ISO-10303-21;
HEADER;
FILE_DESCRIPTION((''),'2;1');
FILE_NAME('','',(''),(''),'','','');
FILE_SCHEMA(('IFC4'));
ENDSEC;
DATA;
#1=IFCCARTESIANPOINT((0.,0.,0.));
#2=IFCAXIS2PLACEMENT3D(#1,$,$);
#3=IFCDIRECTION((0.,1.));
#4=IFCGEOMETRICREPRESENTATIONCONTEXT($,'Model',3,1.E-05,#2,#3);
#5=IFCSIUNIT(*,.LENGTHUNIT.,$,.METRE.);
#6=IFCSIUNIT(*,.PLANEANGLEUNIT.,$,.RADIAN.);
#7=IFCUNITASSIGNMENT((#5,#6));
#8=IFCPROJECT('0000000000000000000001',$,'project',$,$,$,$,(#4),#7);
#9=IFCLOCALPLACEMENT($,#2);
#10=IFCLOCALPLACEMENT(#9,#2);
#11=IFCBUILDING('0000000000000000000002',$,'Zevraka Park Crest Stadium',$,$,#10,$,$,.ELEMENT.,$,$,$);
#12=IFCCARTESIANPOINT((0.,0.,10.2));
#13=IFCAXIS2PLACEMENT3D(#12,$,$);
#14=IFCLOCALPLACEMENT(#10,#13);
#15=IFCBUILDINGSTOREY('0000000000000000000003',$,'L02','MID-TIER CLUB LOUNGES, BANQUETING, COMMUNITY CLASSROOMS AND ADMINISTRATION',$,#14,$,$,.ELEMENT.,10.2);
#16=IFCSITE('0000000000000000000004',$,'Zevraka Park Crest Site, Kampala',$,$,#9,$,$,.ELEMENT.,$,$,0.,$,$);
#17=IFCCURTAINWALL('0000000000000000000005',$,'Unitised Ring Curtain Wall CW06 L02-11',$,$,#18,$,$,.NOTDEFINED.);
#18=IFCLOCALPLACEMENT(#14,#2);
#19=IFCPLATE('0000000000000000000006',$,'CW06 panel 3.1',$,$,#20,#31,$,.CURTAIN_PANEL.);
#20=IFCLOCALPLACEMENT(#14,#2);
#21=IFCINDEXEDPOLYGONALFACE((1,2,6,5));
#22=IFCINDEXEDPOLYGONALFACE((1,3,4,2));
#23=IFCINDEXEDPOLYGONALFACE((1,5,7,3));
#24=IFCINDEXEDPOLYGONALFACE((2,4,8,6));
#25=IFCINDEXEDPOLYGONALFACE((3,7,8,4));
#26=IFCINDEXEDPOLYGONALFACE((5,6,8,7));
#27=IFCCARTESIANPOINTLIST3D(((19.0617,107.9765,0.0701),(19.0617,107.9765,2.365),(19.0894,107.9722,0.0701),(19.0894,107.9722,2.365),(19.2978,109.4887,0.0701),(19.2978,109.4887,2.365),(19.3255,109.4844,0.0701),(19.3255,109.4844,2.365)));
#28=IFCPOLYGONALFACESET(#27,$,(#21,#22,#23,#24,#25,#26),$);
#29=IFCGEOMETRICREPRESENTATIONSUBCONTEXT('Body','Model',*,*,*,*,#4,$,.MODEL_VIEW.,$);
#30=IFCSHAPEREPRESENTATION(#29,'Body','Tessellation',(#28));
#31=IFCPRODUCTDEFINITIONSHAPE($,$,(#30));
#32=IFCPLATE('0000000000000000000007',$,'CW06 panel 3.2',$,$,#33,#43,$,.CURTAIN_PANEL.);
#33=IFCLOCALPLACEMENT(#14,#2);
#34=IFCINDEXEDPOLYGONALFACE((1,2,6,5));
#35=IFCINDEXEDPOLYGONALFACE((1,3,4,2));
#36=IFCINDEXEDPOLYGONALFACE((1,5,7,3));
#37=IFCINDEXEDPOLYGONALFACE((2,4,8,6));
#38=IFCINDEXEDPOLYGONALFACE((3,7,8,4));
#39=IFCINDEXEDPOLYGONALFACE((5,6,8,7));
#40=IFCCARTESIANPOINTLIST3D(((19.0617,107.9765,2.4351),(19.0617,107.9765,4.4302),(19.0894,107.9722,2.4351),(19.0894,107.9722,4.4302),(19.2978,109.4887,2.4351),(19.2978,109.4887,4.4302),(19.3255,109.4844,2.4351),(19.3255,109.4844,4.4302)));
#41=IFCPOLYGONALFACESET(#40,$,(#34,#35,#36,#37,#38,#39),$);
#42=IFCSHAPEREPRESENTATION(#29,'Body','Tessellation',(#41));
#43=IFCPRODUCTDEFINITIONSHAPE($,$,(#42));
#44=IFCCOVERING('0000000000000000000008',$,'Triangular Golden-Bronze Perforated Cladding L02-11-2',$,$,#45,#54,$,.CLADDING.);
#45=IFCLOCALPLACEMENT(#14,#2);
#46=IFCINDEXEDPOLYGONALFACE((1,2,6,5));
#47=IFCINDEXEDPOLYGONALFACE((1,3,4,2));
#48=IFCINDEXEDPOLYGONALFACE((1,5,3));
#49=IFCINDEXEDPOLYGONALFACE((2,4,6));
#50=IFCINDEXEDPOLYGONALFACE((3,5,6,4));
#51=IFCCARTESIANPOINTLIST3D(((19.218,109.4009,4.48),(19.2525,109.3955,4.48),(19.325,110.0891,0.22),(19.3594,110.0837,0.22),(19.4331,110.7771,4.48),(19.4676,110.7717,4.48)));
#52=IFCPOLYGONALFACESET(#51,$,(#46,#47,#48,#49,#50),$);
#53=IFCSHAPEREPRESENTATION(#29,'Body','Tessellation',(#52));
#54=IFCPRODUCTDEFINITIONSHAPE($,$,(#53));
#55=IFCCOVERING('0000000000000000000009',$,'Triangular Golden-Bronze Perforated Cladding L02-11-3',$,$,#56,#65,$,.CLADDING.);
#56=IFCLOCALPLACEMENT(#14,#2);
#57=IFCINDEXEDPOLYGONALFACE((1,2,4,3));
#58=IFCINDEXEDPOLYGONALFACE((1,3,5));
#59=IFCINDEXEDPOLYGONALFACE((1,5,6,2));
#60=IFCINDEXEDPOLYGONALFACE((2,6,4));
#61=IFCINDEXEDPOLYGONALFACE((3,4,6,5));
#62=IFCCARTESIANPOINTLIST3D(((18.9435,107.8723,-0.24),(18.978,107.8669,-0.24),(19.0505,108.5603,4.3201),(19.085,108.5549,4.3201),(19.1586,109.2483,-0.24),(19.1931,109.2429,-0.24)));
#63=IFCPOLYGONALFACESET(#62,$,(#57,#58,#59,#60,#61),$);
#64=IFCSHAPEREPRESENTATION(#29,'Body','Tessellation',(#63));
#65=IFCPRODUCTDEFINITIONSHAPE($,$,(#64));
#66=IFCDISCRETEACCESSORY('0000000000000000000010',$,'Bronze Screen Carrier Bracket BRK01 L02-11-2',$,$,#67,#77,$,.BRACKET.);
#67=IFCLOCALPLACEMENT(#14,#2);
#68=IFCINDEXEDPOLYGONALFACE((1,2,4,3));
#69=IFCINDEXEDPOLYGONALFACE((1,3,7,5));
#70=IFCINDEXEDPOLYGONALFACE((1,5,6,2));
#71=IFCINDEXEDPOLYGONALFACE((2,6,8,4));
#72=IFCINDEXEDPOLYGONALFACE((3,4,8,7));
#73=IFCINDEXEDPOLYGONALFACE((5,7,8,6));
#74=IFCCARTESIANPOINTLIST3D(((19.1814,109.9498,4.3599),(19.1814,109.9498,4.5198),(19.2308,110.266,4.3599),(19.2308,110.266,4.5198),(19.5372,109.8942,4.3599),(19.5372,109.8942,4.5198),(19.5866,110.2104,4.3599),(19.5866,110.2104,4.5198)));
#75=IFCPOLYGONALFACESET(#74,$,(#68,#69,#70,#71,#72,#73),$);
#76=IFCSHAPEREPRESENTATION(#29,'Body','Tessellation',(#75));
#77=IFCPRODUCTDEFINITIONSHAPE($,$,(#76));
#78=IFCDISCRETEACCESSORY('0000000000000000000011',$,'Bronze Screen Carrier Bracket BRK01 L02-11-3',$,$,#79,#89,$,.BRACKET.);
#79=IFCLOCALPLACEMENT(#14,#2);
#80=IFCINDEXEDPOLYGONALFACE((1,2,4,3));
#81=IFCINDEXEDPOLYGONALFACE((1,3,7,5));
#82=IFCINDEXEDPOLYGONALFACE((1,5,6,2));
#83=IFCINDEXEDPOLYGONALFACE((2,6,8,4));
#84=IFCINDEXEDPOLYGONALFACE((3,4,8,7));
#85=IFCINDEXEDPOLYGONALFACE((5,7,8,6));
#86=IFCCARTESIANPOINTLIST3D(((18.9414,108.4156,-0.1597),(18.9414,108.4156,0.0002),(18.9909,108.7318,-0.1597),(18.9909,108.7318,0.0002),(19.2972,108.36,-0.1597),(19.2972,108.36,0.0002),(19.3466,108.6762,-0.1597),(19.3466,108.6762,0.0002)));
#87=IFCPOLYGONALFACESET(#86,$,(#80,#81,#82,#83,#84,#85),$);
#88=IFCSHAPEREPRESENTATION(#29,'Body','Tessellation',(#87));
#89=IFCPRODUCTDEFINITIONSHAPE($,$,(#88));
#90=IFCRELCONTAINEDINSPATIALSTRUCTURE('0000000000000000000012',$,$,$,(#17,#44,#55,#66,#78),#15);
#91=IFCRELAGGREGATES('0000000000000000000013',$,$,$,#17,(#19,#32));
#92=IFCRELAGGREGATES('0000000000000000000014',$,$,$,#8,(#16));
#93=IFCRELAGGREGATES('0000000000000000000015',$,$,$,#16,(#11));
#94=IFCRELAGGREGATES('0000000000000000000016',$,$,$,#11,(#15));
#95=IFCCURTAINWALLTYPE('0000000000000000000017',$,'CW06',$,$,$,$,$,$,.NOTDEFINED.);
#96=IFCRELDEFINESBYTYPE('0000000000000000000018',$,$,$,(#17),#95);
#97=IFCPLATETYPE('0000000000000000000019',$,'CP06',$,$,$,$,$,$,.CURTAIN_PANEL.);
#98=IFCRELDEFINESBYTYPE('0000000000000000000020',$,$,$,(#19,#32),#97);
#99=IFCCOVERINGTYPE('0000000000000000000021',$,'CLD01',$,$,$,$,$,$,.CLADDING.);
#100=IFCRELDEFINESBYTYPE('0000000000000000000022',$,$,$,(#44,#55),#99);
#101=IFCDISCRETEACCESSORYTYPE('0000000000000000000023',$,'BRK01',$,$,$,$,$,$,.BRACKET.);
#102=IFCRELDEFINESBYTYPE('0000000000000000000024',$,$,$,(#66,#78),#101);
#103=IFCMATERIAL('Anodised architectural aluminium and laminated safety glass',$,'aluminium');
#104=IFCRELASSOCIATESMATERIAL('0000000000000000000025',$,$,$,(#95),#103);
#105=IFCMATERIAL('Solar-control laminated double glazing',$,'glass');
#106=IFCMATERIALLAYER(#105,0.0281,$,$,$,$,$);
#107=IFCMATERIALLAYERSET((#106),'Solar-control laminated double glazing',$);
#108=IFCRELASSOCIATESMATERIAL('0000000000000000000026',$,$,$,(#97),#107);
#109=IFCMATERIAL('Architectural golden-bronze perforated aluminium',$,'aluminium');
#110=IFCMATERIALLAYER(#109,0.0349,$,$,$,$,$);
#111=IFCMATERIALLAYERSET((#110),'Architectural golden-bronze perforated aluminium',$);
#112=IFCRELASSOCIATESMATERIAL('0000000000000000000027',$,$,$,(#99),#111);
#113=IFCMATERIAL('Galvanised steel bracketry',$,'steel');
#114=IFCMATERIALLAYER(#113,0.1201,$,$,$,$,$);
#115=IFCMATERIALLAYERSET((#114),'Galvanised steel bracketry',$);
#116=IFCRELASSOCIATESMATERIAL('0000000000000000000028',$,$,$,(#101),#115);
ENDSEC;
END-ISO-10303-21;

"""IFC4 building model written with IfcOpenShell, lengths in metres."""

from ifc_helpers import new_model, si_unit, direction, frame, origin, origin_2d, place, context, subcontext, project, spatial, polyline, rectangle, outline, extrude, material, layer, layer_set, type_object, element, aggregate, save


model = new_model("IFC4")

# Units and contexts
model_context = context("Model", 3, precision=1e-05, world=origin(), true_north=direction((0.0, 1.0)))
body_context = subcontext(model_context, "Body", "Model", "MODEL_VIEW")
ifc_project = project(units=[si_unit("LENGTHUNIT", "METRE"), si_unit("PLANEANGLEUNIT", "RADIAN")], contexts=[model_context])

# Site, building, storey
site_placement = place(None, origin())
site = spatial("IfcSite", under=ifc_project, at=site_placement, Name="Zevraka Park Crest Site, Kampala", CompositionType="ELEMENT", RefElevation=0.0)
building_placement = place(site_placement, origin())
building = spatial("IfcBuilding", under=site, at=building_placement, Name="Zevraka Park Crest Stadium", CompositionType="ELEMENT")
storey_placement = place(building_placement, frame((0.0, 0.0, 10.2)))
storey = spatial("IfcBuildingStorey", under=building, at=storey_placement, Name="L02", Description="MID-TIER CLUB LOUNGES, BANQUETING, COMMUNITY CLASSROOMS AND ADMINISTRATION", CompositionType="ELEMENT", Elevation=10.2)

# Curtain wall, plates
ifc_material_1 = material(Name="Anodised architectural aluminium and laminated safety glass", Category="aluminium")
curtain_wall_type = type_object("IfcCurtainWallType", Name="CW06", PredefinedType="NOTDEFINED", material=ifc_material_1)
curtain_wall_placement = place(storey_placement, origin())
curtain_wall = element("IfcCurtainWall", 1, at=curtain_wall_placement, inside=storey, type_object=curtain_wall_type, Name="Unitised Ring Curtain Wall CW06 L02-11", PredefinedType="NOTDEFINED")
ifc_material_2 = material(Name="Solar-control laminated double glazing", Category="glass")
ifc_layer_1 = layer(ifc_material_2, 0.0281)
ifc_layer_set_1 = layer_set([ifc_layer_1], Name="Solar-control laminated double glazing")
plate_type = type_object("IfcPlateType", Name="CP06", PredefinedType="CURTAIN_PANEL", material=ifc_layer_set_1)
plate_1_placement = place(storey_placement, frame((19.1936, 108.7305, 0.0701), z_axis=(0.0, 0.0, 1.0), x_axis=(-0.154274, -0.988028, 0.0)))
plate_1 = element("IfcPlate", 2, at=plate_1_placement, type_object=plate_type, Name="CW06 panel 3.1", PredefinedType="CURTAIN_PANEL", context=body_context, shape_type="SweptSolid", body=[
    extrude(rectangle(XDim=1.5305, YDim=0.0281, at=origin_2d()), origin(), (0.0, 0.0, 1.0), 2.2949),
])
plate_2_placement = place(storey_placement, frame((19.1936, 108.7305, 2.4351), z_axis=(0.0, 0.0, 1.0), x_axis=(-0.154274, -0.988028, 0.0)))
plate_2 = element("IfcPlate", 3, at=plate_2_placement, type_object=plate_type, Name="CW06 panel 3.2", PredefinedType="CURTAIN_PANEL", context=body_context, shape_type="SweptSolid", body=[
    extrude(rectangle(XDim=1.5305, YDim=0.0281, at=origin_2d()), origin(), (0.0, 0.0, 1.0), 1.9951),
])
aggregate(curtain_wall, [plate_1, plate_2])

# Coverings
ifc_material_3 = material(Name="Architectural golden-bronze perforated aluminium", Category="aluminium")
ifc_layer_2 = layer(ifc_material_3, 0.0349)
ifc_layer_set_2 = layer_set([ifc_layer_2], Name="Architectural golden-bronze perforated aluminium")
covering_type = type_object("IfcCoveringType", Name="CLD01", PredefinedType="CLADDING", material=ifc_layer_set_2)
covering_1_placement = place(storey_placement, frame((19.218, 109.4009, 4.48), z_axis=(-0.988006, 0.154414, 0.000146), x_axis=(0.154414, 0.988006, 0.0)))
element("IfcCovering", 4, at=covering_1_placement, inside=storey, type_object=covering_type, Name="Triangular Golden-Bronze Perforated Cladding L02-11-2", PredefinedType="CLADDING", context=body_context, shape_type="SweptSolid", body=[
    extrude(outline(polyline([(0.0, 0.0), (1.3929, 0.0), (0.6965, 4.26), (0.0, 0.0)])), origin(), (0.0, 0.0, -1.0), 0.0349),
])
covering_2_placement = place(storey_placement, frame((19.1931, 109.2429, -0.24), z_axis=(0.988002, -0.154441, 0.000132), x_axis=(-0.154441, -0.988002, 0.0)))
element("IfcCovering", 5, at=covering_2_placement, inside=storey, type_object=covering_type, Name="Triangular Golden-Bronze Perforated Cladding L02-11-3", PredefinedType="CLADDING", context=body_context, shape_type="SweptSolid", body=[
    extrude(outline(polyline([(0.0, 0.0), (1.3927, 0.0), (0.6964, -4.5601), (0.0, 0.0)])), origin(), (0.0, 0.0, -1.0), 0.0349),
])

# Discrete accessories
ifc_material_4 = material(Name="Galvanised steel bracketry", Category="steel")
ifc_layer_3 = layer(ifc_material_4, 0.1201)
ifc_layer_set_3 = layer_set([ifc_layer_3], Name="Galvanised steel bracketry")
discrete_accessory_type = type_object("IfcDiscreteAccessoryType", Name="BRK01", PredefinedType="BRACKET", material=ifc_layer_set_3)
for number, where, z_axis, x_axis, name in (
    (6, (19.384, 110.0801, 4.3599), (0.0, 0.0, 1.0), (-0.154366, -0.988014, 0.0), "Bronze Screen Carrier Bracket BRK01 L02-11-2"),
    (7, (19.144, 108.5459, -0.1597), (0.0, 0.0, 1.0), (-0.154366, -0.988014, 0.0), "Bronze Screen Carrier Bracket BRK01 L02-11-3"),
):
    element("IfcDiscreteAccessory", number, at=place(storey_placement, frame(where, z_axis=z_axis, x_axis=x_axis)), inside=storey, type_object=discrete_accessory_type, Name=name, PredefinedType="BRACKET", context=body_context, shape_type="SweptSolid", body=[
        extrude(rectangle(XDim=0.3201, YDim=0.3601, at=origin_2d()), origin(), (0.0, 0.0, 1.0), 0.1599),
    ])

save(model, "model.ifc")
